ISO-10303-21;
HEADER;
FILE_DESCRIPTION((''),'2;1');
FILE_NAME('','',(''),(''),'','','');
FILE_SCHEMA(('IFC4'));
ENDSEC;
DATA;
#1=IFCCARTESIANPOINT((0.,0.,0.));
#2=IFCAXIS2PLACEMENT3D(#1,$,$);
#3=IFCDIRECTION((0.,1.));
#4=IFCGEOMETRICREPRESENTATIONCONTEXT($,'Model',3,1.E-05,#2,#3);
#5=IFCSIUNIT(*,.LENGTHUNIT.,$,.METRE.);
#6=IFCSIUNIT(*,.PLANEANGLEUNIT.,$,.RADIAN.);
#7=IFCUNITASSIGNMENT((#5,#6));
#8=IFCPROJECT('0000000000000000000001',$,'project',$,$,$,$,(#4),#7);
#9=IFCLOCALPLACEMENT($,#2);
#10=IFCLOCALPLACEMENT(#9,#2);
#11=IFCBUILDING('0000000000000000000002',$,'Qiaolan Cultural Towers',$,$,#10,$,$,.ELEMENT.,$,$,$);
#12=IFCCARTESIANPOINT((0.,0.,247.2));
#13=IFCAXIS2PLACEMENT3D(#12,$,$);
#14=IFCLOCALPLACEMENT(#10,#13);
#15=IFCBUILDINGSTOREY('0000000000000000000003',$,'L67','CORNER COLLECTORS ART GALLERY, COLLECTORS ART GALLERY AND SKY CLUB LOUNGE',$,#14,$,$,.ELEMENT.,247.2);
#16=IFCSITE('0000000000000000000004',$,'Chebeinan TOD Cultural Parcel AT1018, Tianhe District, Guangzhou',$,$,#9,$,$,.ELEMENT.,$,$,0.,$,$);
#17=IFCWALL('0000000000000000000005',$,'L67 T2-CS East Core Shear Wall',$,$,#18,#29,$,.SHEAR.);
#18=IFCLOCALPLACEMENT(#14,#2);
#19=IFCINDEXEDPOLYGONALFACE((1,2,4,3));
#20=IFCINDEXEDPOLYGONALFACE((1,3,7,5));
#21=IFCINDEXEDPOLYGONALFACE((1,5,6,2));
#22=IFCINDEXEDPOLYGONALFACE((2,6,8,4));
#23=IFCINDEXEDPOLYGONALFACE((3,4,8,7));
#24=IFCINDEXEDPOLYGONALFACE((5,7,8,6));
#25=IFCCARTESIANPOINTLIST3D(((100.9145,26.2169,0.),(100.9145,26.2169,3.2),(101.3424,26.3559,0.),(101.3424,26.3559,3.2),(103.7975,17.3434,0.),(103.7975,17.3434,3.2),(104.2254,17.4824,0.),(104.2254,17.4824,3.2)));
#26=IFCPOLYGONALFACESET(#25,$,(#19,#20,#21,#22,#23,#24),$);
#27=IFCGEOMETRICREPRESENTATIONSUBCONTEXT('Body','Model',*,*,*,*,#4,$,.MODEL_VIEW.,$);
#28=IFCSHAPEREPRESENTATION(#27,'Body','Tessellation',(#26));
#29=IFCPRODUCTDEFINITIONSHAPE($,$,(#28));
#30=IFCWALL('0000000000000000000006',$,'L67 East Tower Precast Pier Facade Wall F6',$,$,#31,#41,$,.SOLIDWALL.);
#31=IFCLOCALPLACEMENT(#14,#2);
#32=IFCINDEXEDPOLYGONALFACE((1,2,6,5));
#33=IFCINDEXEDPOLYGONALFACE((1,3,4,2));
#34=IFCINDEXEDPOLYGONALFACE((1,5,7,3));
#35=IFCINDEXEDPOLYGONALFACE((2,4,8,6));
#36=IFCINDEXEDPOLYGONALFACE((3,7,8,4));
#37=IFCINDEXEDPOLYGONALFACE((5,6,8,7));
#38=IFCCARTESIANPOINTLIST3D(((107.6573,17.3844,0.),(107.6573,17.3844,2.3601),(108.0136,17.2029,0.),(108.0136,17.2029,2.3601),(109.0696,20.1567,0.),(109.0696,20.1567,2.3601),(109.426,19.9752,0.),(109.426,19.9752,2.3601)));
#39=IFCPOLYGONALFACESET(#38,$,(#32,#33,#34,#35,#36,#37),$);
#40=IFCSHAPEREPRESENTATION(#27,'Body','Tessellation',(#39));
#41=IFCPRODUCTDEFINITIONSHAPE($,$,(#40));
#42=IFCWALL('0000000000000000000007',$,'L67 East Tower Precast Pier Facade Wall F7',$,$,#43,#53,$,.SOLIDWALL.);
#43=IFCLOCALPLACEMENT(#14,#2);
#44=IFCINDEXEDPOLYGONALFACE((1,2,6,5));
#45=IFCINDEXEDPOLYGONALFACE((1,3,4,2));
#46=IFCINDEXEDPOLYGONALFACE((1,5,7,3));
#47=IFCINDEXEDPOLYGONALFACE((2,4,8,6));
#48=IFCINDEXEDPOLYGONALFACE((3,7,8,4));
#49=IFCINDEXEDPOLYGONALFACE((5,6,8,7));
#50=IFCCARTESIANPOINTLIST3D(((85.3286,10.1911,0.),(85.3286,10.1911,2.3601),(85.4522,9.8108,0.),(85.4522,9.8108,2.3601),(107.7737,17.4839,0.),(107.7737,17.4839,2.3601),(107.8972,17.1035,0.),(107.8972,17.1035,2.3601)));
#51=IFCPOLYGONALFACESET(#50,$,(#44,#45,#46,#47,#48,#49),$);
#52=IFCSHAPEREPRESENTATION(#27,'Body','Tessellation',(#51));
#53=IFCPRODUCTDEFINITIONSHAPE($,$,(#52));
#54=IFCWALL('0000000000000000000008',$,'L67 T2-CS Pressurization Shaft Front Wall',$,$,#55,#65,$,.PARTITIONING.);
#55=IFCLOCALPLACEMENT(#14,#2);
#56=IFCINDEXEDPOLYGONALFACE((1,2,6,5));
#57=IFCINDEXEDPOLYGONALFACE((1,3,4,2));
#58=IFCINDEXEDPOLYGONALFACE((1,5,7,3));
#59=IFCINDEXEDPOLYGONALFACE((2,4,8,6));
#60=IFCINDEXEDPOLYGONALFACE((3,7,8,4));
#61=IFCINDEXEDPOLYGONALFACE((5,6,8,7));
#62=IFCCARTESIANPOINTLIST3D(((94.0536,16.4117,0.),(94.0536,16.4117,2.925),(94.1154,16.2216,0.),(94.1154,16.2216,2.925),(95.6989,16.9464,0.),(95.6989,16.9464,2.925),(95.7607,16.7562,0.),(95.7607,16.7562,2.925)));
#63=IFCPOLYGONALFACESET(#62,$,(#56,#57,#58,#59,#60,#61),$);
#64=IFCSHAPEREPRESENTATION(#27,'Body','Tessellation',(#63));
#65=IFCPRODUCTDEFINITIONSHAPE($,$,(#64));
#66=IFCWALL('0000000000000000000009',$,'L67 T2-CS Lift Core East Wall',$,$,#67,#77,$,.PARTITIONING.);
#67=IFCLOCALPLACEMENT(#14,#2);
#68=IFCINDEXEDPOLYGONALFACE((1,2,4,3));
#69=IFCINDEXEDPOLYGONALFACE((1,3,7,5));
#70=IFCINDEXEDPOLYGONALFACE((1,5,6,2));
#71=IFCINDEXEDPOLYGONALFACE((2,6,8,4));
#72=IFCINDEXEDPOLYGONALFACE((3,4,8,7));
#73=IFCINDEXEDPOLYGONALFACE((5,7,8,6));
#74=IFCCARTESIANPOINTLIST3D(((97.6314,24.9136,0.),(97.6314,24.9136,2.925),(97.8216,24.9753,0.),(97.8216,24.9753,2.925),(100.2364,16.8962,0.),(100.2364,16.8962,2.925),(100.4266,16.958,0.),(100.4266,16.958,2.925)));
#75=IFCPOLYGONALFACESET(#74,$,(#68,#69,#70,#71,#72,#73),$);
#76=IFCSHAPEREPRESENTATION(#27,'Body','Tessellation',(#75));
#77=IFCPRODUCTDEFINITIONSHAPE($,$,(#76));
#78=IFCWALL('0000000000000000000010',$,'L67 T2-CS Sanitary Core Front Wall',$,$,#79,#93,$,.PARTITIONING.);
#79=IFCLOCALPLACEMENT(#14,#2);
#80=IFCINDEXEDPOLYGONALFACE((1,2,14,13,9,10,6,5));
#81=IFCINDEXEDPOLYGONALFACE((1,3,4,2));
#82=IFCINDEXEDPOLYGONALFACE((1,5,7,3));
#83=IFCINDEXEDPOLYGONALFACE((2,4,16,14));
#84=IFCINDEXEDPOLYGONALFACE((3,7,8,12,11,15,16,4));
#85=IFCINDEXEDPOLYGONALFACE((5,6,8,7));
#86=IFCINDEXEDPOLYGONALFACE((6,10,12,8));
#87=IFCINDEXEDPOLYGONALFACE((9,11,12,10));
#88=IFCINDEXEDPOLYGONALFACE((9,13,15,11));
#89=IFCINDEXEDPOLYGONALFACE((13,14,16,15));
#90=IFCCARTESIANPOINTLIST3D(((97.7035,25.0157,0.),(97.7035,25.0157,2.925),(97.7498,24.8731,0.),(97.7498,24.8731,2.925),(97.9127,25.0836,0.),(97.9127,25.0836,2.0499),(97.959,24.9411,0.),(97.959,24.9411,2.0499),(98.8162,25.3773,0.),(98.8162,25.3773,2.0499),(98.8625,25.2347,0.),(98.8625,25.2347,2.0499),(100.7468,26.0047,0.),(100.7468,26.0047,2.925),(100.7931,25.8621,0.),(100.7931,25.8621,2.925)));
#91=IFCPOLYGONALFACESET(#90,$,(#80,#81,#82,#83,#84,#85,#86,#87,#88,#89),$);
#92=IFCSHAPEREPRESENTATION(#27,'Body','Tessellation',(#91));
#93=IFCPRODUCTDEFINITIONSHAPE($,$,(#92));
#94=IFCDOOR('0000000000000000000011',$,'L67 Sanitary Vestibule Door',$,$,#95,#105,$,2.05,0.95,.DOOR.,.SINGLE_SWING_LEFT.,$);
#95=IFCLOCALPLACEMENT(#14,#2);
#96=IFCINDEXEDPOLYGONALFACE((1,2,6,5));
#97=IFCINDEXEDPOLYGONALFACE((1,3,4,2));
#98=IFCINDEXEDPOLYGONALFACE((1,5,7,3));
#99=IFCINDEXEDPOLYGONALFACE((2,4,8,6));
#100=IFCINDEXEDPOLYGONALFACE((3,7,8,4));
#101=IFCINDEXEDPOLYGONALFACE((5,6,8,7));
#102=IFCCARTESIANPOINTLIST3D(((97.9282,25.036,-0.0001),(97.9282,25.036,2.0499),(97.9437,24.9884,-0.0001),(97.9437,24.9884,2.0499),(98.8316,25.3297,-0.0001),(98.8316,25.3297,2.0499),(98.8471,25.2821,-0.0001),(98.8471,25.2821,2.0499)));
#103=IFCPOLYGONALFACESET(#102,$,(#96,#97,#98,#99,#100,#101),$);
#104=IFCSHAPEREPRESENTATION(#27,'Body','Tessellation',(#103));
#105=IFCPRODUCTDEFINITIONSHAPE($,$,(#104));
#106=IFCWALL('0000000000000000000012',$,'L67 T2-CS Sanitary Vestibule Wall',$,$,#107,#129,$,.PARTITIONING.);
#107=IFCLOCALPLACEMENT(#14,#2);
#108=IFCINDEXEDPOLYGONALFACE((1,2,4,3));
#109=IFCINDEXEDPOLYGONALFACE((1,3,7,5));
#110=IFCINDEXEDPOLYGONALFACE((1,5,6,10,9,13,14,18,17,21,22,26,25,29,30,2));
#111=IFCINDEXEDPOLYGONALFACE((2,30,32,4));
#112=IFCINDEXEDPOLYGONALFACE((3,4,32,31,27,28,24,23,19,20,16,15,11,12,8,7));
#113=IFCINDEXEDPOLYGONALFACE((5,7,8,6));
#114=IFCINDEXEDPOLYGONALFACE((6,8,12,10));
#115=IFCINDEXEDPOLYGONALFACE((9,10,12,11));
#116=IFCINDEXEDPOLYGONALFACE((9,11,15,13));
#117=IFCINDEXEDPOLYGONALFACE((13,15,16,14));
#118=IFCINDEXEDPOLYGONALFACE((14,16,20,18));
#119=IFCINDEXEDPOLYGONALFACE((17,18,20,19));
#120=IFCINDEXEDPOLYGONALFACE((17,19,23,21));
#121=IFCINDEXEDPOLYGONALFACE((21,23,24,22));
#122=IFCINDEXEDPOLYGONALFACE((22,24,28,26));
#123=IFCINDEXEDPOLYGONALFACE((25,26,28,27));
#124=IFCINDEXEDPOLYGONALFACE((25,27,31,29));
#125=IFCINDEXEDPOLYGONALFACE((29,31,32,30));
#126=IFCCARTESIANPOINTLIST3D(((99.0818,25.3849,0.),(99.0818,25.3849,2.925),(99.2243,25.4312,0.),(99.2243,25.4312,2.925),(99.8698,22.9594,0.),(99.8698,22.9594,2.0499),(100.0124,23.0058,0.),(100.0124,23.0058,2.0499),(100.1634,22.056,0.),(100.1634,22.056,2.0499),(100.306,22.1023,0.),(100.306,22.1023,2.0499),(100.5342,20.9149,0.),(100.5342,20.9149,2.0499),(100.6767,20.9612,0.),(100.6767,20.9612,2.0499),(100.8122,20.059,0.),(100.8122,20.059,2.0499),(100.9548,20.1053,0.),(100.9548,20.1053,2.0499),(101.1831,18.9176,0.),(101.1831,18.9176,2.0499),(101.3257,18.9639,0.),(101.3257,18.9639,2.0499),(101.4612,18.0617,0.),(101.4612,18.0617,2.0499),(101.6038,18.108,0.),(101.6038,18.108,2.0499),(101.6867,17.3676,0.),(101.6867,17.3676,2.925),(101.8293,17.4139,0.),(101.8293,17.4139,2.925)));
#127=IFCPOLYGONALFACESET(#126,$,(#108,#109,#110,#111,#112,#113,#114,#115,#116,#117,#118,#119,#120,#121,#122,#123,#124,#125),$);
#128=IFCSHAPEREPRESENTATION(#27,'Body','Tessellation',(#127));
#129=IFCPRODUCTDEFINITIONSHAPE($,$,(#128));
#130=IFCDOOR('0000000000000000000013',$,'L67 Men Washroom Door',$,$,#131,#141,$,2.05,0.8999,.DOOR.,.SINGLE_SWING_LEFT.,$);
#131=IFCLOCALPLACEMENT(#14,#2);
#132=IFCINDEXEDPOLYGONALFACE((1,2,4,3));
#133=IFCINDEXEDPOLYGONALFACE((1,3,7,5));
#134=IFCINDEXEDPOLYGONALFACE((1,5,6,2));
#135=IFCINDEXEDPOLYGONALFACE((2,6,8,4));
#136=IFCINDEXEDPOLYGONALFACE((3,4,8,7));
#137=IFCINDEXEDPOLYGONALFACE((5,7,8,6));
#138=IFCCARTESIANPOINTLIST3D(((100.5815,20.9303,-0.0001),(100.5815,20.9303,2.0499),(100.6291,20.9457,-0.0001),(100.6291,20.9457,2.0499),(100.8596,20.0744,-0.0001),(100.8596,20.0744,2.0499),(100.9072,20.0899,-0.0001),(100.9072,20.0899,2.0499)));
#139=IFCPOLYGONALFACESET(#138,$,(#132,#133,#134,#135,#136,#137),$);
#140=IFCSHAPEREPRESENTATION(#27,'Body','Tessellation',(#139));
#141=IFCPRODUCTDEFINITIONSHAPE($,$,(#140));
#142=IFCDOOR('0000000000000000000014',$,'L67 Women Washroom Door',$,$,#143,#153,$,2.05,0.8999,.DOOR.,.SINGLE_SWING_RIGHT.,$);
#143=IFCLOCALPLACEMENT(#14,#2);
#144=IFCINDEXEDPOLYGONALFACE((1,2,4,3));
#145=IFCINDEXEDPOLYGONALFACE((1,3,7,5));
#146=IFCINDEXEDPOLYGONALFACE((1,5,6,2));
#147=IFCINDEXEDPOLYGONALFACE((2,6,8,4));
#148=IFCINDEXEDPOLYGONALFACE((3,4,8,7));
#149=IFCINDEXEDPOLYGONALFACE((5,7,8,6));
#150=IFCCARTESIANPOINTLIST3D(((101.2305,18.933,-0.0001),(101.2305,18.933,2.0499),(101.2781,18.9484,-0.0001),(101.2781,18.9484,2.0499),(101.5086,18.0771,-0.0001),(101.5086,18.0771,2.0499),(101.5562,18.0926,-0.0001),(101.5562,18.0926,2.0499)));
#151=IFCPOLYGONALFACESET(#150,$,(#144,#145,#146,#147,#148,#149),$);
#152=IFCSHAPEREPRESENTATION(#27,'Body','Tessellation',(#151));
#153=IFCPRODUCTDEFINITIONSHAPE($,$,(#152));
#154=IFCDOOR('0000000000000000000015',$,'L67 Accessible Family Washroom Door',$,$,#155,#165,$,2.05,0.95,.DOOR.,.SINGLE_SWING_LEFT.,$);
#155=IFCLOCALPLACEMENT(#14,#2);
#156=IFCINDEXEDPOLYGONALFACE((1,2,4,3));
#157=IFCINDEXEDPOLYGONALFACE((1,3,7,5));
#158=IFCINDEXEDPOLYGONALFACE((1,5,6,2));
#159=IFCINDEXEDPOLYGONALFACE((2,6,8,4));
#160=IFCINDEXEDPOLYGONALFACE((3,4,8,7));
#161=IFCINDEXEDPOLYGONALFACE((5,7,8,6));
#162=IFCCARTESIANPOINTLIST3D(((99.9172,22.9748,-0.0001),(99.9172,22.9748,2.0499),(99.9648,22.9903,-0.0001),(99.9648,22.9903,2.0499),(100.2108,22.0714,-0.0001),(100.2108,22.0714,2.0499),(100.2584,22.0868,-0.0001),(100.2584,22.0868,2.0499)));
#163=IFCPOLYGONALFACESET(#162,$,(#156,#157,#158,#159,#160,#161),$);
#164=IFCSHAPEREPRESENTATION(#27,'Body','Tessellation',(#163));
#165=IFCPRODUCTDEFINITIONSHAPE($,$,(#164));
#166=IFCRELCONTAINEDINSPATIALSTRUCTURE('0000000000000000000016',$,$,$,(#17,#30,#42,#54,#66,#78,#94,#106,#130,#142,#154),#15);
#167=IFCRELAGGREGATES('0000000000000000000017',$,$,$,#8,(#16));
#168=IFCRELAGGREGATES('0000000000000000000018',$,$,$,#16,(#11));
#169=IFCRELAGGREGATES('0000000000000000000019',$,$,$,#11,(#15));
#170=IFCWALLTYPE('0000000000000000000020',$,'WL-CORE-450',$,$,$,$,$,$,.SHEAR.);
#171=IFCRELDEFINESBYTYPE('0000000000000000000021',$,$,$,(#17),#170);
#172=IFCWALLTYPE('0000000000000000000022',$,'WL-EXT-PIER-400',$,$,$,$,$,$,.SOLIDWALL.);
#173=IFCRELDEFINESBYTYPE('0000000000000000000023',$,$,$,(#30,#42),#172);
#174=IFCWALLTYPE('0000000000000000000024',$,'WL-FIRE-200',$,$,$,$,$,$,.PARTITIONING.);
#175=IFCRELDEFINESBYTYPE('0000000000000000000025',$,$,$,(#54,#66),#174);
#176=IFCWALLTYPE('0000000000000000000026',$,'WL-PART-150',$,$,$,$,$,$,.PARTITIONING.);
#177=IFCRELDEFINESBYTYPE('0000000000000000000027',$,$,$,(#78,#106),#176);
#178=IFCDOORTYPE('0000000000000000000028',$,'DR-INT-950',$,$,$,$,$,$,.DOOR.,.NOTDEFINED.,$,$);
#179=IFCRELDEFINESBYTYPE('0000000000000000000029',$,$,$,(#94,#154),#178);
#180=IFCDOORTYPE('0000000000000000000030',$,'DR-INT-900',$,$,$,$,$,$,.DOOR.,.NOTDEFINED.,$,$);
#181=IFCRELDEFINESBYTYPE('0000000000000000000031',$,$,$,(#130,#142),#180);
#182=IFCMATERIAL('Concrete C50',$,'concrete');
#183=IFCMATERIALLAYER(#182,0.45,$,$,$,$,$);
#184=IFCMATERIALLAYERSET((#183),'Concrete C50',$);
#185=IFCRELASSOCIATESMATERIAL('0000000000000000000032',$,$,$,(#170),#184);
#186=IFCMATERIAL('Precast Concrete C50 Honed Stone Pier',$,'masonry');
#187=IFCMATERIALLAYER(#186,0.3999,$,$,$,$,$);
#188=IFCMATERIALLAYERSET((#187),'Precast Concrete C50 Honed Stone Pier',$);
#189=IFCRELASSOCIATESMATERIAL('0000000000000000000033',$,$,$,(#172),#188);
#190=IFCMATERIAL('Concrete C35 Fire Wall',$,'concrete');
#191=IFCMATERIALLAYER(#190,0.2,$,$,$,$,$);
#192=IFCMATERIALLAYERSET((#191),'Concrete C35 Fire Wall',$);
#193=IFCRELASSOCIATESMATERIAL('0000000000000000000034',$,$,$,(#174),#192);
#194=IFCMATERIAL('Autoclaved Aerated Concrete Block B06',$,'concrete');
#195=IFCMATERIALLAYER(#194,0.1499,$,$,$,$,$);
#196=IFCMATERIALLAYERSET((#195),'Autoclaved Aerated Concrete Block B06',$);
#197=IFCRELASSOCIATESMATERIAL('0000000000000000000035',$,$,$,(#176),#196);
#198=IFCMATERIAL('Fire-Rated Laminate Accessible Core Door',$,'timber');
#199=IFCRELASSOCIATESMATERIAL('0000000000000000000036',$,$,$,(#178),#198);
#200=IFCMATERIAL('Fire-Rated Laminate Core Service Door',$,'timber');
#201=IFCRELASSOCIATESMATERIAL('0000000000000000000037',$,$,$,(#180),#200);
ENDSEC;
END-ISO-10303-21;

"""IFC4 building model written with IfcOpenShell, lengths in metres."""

from ifc_helpers import new_model, si_unit, direction, frame, frame_2d, origin, place, context, subcontext, project, spatial, rectangle, extrude, material, layer, layer_set, type_object, element, fill, save


model = new_model("IFC4")

# Units and contexts
model_context = context("Model", 3, precision=1e-05, world=origin(), true_north=direction((0.0, 1.0)))
body_context = subcontext(model_context, "Body", "Model", "MODEL_VIEW")
ifc_project = project(units=[si_unit("LENGTHUNIT", "METRE"), si_unit("PLANEANGLEUNIT", "RADIAN")], contexts=[model_context])

# Site, building, storey
site_placement = place(None, origin())
site = spatial("IfcSite", under=ifc_project, at=site_placement, Name="Chebeinan TOD Cultural Parcel AT1018, Tianhe District, Guangzhou", CompositionType="ELEMENT", RefElevation=0.0)
building_placement = place(site_placement, origin())
building = spatial("IfcBuilding", under=site, at=building_placement, Name="Qiaolan Cultural Towers", CompositionType="ELEMENT")
storey_placement = place(building_placement, frame((0.0, 0.0, 247.2)))
storey = spatial("IfcBuildingStorey", under=building, at=storey_placement, Name="L67", Description="CORNER COLLECTORS ART GALLERY, COLLECTORS ART GALLERY AND SKY CLUB LOUNGE", CompositionType="ELEMENT", Elevation=247.2)

# Walls
ifc_material_1 = material(Name="Concrete C50", Category="concrete")
ifc_layer_1 = layer(ifc_material_1, 0.45)
ifc_layer_set_1 = layer_set([ifc_layer_1], Name="Concrete C50")
wall_type_1 = type_object("IfcWallType", Name="WL-CORE-450", PredefinedType="SHEAR", material=ifc_layer_set_1)
wall_1_placement = place(storey_placement, frame((101.1284, 26.2864, 0.0), z_axis=(0.0, 0.0, 1.0), x_axis=(0.309004, -0.951061, 0.0)))
element("IfcWall", 1, at=wall_1_placement, inside=storey, type_object=wall_type_1, Name="L67 T2-CS East Core Shear Wall", PredefinedType="SHEAR", context=body_context, shape_type="SweptSolid", body=[
    extrude(rectangle(XDim=9.3301, YDim=0.45, at=frame_2d((4.665, 0.0))), origin(), (0.0, 0.0, 1.0), 3.2),
])
ifc_material_2 = material(Name="Precast Concrete C50 Honed Stone Pier", Category="masonry")
ifc_layer_2 = layer(ifc_material_2, 0.3999)
ifc_layer_set_2 = layer_set([ifc_layer_2], Name="Precast Concrete C50 Honed Stone Pier")
wall_type_2 = type_object("IfcWallType", Name="WL-EXT-PIER-400", PredefinedType="SOLIDWALL", material=ifc_layer_set_2)
wall_2_placement = place(storey_placement, frame((109.2478, 20.0659, 0.0), z_axis=(0.0, 0.0, 1.0), x_axis=(-0.453949, -0.891028, 0.0)))
element("IfcWall", 2, at=wall_2_placement, inside=storey, type_object=wall_type_2, Name="L67 East Tower Precast Pier Facade Wall F6", PredefinedType="SOLIDWALL", context=body_context, shape_type="SweptSolid", body=[
    extrude(rectangle(XDim=3.1113, YDim=0.3999, at=frame_2d((1.5557, 0.0))), origin(), (0.0, 0.0, 1.0), 2.3601),
])
wall_3_placement = place(storey_placement, frame((107.8354, 17.2937, 0.0), z_axis=(0.0, 0.0, 1.0), x_axis=(-0.951058, -0.309012, 0.0)))
element("IfcWall", 3, at=wall_3_placement, inside=storey, type_object=wall_type_2, Name="L67 East Tower Precast Pier Facade Wall F7", PredefinedType="SOLIDWALL", context=body_context, shape_type="SweptSolid", body=[
    extrude(rectangle(XDim=23.6001, YDim=0.3999, at=frame_2d((11.8, 0.0))), origin(), (0.0, 0.0, 1.0), 2.3601),
])
ifc_material_3 = material(Name="Concrete C35 Fire Wall", Category="concrete")
ifc_layer_3 = layer(ifc_material_3, 0.2)
ifc_layer_set_3 = layer_set([ifc_layer_3], Name="Concrete C35 Fire Wall")
wall_type_3 = type_object("IfcWallType", Name="WL-FIRE-200", PredefinedType="PARTITIONING", material=ifc_layer_set_3)
wall_4_placement = place(storey_placement, frame((94.0845, 16.3167, 0.0), z_axis=(0.0, 0.0, 1.0), x_axis=(0.951041, 0.309064, 0.0)))
element("IfcWall", 4, at=wall_4_placement, inside=storey, type_object=wall_type_3, Name="L67 T2-CS Pressurization Shaft Front Wall", PredefinedType="PARTITIONING", context=body_context, shape_type="SweptSolid", body=[
    extrude(rectangle(XDim=1.73, YDim=0.2, at=frame_2d((0.865, 0.0))), origin(), (0.0, 0.0, 1.0), 2.925),
])
wall_5_placement = place(storey_placement, frame((97.7266, 24.9443, 0.0), z_axis=(0.0, 0.0, 1.0), x_axis=(0.309016, -0.951057, 0.0)))
element("IfcWall", 5, at=wall_5_placement, inside=storey, type_object=wall_type_3, Name="L67 T2-CS Lift Core East Wall", PredefinedType="PARTITIONING", context=body_context, shape_type="SweptSolid", body=[
    extrude(rectangle(XDim=8.4299, YDim=0.2, at=frame_2d((4.2148, 0.0))), origin(), (0.0, 0.0, 1.0), 2.925),
])

# Wall, opening, door
ifc_material_4 = material(Name="Autoclaved Aerated Concrete Block B06", Category="concrete")
ifc_layer_4 = layer(ifc_material_4, 0.1499)
ifc_layer_set_4 = layer_set([ifc_layer_4], Name="Autoclaved Aerated Concrete Block B06")
wall_type_4 = type_object("IfcWallType", Name="WL-PART-150", PredefinedType="PARTITIONING", material=ifc_layer_set_4)
wall_6_placement = place(storey_placement, frame((97.7266, 24.9443, 0.0), z_axis=(0.0, 0.0, 1.0), x_axis=(0.951037, 0.309077, 0.0)))
wall_6 = element("IfcWall", 6, at=wall_6_placement, inside=storey, type_object=wall_type_4, Name="L67 T2-CS Sanitary Core Front Wall", PredefinedType="PARTITIONING", context=body_context, shape_type="SweptSolid", body=[
    extrude(rectangle(XDim=3.2, YDim=0.1499, at=frame_2d((1.6001, 0.0))), origin(), (0.0, 0.0, 1.0), 2.925),
])
opening_1_placement = place(wall_6_placement, frame((0.22, 0.0, 0.0)))
opening_1 = element("IfcOpeningElement", 7, at=opening_1_placement, cuts=wall_6, PredefinedType="OPENING", context=body_context, shape_type="SweptSolid", body=[
    extrude(rectangle(XDim=0.95, YDim=2.05, at=frame_2d((0.4751, 1.0249))), frame((0.0, 0.085, 0.0), z_axis=(0.0, -1.0, 0.0), x_axis=(1.0, 0.0, 0.0)), (0.0, 0.0, 1.0), 0.1699),
])
ifc_material_5 = material(Name="Fire-Rated Laminate Accessible Core Door", Category="timber")
door_type_1 = type_object("IfcDoorType", Name="DR-INT-950", OperationType="NOTDEFINED", PredefinedType="DOOR", material=ifc_material_5)
door_1_placement = place(opening_1_placement, origin())
door_1 = element("IfcDoor", 8, at=door_1_placement, inside=storey, type_object=door_type_1, Name="L67 Sanitary Vestibule Door", OperationType="SINGLE_SWING_LEFT", OverallHeight=2.05, OverallWidth=0.95, PredefinedType="DOOR", context=body_context, shape_type="SweptSolid", body=[
    extrude(rectangle(XDim=0.95, YDim=2.05, at=frame_2d((0.4751, 1.0249))), frame((0.0, 0.0249, 0.0), z_axis=(0.0, -1.0, 0.0), x_axis=(1.0, 0.0, 0.0)), (0.0, 0.0, 1.0), 0.05),
])
fill(opening_1, door_1)

# Wall, openings, doors
wall_7_placement = place(storey_placement, frame((99.1531, 25.408, 0.0), z_axis=(0.0, 0.0, 1.0), x_axis=(0.309016, -0.951057, 0.0)))
wall_7 = element("IfcWall", 9, at=wall_7_placement, inside=storey, type_object=wall_type_4, Name="L67 T2-CS Sanitary Vestibule Wall", PredefinedType="PARTITIONING", context=body_context, shape_type="SweptSolid", body=[
    extrude(rectangle(XDim=8.4299, YDim=0.1499, at=frame_2d((4.2148, 0.0))), origin(), (0.0, 0.0, 1.0), 2.925),
])
opening_2_placement = place(wall_7_placement, frame((2.55, 0.0, 0.0)))
opening_2 = element("IfcOpeningElement", 10, at=opening_2_placement, cuts=wall_7, PredefinedType="OPENING", context=body_context, shape_type="SweptSolid", body=[
    extrude(rectangle(XDim=0.95, YDim=2.05, at=frame_2d((0.4751, 1.0249))), frame((0.0, 0.085, 0.0), z_axis=(0.0, -1.0, 0.0), x_axis=(1.0, 0.0, 0.0)), (0.0, 0.0, 1.0), 0.1699),
])
opening_3_placement = place(wall_7_placement, frame((4.7, 0.0, 0.0)))
opening_3 = element("IfcOpeningElement", 11, at=opening_3_placement, cuts=wall_7, PredefinedType="OPENING", context=body_context, shape_type="SweptSolid", body=[
    extrude(rectangle(XDim=0.8999, YDim=2.05, at=frame_2d((0.45, 1.0249))), frame((0.0, 0.085, 0.0), z_axis=(0.0, -1.0, 0.0), x_axis=(1.0, 0.0, 0.0)), (0.0, 0.0, 1.0), 0.1699),
])
opening_4_placement = place(wall_7_placement, frame((6.8, 0.0, 0.0)))
opening_4 = element("IfcOpeningElement", 12, at=opening_4_placement, cuts=wall_7, PredefinedType="OPENING", context=body_context, shape_type="SweptSolid", body=[
    extrude(rectangle(XDim=0.8999, YDim=2.05, at=frame_2d((0.45, 1.0249))), frame((0.0, 0.085, 0.0), z_axis=(0.0, -1.0, 0.0), x_axis=(1.0, 0.0, 0.0)), (0.0, 0.0, 1.0), 0.1699),
])
ifc_material_6 = material(Name="Fire-Rated Laminate Core Service Door", Category="timber")
door_type_2 = type_object("IfcDoorType", Name="DR-INT-900", OperationType="NOTDEFINED", PredefinedType="DOOR", material=ifc_material_6)
door_2_placement = place(opening_3_placement, origin())
door_2 = element("IfcDoor", 13, at=door_2_placement, inside=storey, type_object=door_type_2, Name="L67 Men Washroom Door", OperationType="SINGLE_SWING_LEFT", OverallHeight=2.05, OverallWidth=0.8999, PredefinedType="DOOR", context=body_context, shape_type="SweptSolid", body=[
    extrude(rectangle(XDim=0.8999, YDim=2.05, at=frame_2d((0.45, 1.0249))), frame((0.0, 0.0249, 0.0), z_axis=(0.0, -1.0, 0.0), x_axis=(1.0, 0.0, 0.0)), (0.0, 0.0, 1.0), 0.05),
])
fill(opening_3, door_2)
door_3_placement = place(opening_4_placement, origin())
door_3 = element("IfcDoor", 14, at=door_3_placement, inside=storey, type_object=door_type_2, Name="L67 Women Washroom Door", OperationType="SINGLE_SWING_RIGHT", OverallHeight=2.05, OverallWidth=0.8999, PredefinedType="DOOR", context=body_context, shape_type="SweptSolid", body=[
    extrude(rectangle(XDim=0.8999, YDim=2.05, at=frame_2d((0.45, 1.0249))), frame((0.0, 0.0249, 0.0), z_axis=(0.0, -1.0, 0.0), x_axis=(1.0, 0.0, 0.0)), (0.0, 0.0, 1.0), 0.05),
])
fill(opening_4, door_3)
door_4_placement = place(opening_2_placement, origin())
door_4 = element("IfcDoor", 15, at=door_4_placement, inside=storey, type_object=door_type_1, Name="L67 Accessible Family Washroom Door", OperationType="SINGLE_SWING_LEFT", OverallHeight=2.05, OverallWidth=0.95, PredefinedType="DOOR", context=body_context, shape_type="SweptSolid", body=[
    extrude(rectangle(XDim=0.95, YDim=2.05, at=frame_2d((0.4751, 1.0249))), frame((0.0, 0.0249, 0.0), z_axis=(0.0, -1.0, 0.0), x_axis=(1.0, 0.0, 0.0)), (0.0, 0.0, 1.0), 0.05),
])
fill(opening_2, door_4)

save(model, "model.ifc")
